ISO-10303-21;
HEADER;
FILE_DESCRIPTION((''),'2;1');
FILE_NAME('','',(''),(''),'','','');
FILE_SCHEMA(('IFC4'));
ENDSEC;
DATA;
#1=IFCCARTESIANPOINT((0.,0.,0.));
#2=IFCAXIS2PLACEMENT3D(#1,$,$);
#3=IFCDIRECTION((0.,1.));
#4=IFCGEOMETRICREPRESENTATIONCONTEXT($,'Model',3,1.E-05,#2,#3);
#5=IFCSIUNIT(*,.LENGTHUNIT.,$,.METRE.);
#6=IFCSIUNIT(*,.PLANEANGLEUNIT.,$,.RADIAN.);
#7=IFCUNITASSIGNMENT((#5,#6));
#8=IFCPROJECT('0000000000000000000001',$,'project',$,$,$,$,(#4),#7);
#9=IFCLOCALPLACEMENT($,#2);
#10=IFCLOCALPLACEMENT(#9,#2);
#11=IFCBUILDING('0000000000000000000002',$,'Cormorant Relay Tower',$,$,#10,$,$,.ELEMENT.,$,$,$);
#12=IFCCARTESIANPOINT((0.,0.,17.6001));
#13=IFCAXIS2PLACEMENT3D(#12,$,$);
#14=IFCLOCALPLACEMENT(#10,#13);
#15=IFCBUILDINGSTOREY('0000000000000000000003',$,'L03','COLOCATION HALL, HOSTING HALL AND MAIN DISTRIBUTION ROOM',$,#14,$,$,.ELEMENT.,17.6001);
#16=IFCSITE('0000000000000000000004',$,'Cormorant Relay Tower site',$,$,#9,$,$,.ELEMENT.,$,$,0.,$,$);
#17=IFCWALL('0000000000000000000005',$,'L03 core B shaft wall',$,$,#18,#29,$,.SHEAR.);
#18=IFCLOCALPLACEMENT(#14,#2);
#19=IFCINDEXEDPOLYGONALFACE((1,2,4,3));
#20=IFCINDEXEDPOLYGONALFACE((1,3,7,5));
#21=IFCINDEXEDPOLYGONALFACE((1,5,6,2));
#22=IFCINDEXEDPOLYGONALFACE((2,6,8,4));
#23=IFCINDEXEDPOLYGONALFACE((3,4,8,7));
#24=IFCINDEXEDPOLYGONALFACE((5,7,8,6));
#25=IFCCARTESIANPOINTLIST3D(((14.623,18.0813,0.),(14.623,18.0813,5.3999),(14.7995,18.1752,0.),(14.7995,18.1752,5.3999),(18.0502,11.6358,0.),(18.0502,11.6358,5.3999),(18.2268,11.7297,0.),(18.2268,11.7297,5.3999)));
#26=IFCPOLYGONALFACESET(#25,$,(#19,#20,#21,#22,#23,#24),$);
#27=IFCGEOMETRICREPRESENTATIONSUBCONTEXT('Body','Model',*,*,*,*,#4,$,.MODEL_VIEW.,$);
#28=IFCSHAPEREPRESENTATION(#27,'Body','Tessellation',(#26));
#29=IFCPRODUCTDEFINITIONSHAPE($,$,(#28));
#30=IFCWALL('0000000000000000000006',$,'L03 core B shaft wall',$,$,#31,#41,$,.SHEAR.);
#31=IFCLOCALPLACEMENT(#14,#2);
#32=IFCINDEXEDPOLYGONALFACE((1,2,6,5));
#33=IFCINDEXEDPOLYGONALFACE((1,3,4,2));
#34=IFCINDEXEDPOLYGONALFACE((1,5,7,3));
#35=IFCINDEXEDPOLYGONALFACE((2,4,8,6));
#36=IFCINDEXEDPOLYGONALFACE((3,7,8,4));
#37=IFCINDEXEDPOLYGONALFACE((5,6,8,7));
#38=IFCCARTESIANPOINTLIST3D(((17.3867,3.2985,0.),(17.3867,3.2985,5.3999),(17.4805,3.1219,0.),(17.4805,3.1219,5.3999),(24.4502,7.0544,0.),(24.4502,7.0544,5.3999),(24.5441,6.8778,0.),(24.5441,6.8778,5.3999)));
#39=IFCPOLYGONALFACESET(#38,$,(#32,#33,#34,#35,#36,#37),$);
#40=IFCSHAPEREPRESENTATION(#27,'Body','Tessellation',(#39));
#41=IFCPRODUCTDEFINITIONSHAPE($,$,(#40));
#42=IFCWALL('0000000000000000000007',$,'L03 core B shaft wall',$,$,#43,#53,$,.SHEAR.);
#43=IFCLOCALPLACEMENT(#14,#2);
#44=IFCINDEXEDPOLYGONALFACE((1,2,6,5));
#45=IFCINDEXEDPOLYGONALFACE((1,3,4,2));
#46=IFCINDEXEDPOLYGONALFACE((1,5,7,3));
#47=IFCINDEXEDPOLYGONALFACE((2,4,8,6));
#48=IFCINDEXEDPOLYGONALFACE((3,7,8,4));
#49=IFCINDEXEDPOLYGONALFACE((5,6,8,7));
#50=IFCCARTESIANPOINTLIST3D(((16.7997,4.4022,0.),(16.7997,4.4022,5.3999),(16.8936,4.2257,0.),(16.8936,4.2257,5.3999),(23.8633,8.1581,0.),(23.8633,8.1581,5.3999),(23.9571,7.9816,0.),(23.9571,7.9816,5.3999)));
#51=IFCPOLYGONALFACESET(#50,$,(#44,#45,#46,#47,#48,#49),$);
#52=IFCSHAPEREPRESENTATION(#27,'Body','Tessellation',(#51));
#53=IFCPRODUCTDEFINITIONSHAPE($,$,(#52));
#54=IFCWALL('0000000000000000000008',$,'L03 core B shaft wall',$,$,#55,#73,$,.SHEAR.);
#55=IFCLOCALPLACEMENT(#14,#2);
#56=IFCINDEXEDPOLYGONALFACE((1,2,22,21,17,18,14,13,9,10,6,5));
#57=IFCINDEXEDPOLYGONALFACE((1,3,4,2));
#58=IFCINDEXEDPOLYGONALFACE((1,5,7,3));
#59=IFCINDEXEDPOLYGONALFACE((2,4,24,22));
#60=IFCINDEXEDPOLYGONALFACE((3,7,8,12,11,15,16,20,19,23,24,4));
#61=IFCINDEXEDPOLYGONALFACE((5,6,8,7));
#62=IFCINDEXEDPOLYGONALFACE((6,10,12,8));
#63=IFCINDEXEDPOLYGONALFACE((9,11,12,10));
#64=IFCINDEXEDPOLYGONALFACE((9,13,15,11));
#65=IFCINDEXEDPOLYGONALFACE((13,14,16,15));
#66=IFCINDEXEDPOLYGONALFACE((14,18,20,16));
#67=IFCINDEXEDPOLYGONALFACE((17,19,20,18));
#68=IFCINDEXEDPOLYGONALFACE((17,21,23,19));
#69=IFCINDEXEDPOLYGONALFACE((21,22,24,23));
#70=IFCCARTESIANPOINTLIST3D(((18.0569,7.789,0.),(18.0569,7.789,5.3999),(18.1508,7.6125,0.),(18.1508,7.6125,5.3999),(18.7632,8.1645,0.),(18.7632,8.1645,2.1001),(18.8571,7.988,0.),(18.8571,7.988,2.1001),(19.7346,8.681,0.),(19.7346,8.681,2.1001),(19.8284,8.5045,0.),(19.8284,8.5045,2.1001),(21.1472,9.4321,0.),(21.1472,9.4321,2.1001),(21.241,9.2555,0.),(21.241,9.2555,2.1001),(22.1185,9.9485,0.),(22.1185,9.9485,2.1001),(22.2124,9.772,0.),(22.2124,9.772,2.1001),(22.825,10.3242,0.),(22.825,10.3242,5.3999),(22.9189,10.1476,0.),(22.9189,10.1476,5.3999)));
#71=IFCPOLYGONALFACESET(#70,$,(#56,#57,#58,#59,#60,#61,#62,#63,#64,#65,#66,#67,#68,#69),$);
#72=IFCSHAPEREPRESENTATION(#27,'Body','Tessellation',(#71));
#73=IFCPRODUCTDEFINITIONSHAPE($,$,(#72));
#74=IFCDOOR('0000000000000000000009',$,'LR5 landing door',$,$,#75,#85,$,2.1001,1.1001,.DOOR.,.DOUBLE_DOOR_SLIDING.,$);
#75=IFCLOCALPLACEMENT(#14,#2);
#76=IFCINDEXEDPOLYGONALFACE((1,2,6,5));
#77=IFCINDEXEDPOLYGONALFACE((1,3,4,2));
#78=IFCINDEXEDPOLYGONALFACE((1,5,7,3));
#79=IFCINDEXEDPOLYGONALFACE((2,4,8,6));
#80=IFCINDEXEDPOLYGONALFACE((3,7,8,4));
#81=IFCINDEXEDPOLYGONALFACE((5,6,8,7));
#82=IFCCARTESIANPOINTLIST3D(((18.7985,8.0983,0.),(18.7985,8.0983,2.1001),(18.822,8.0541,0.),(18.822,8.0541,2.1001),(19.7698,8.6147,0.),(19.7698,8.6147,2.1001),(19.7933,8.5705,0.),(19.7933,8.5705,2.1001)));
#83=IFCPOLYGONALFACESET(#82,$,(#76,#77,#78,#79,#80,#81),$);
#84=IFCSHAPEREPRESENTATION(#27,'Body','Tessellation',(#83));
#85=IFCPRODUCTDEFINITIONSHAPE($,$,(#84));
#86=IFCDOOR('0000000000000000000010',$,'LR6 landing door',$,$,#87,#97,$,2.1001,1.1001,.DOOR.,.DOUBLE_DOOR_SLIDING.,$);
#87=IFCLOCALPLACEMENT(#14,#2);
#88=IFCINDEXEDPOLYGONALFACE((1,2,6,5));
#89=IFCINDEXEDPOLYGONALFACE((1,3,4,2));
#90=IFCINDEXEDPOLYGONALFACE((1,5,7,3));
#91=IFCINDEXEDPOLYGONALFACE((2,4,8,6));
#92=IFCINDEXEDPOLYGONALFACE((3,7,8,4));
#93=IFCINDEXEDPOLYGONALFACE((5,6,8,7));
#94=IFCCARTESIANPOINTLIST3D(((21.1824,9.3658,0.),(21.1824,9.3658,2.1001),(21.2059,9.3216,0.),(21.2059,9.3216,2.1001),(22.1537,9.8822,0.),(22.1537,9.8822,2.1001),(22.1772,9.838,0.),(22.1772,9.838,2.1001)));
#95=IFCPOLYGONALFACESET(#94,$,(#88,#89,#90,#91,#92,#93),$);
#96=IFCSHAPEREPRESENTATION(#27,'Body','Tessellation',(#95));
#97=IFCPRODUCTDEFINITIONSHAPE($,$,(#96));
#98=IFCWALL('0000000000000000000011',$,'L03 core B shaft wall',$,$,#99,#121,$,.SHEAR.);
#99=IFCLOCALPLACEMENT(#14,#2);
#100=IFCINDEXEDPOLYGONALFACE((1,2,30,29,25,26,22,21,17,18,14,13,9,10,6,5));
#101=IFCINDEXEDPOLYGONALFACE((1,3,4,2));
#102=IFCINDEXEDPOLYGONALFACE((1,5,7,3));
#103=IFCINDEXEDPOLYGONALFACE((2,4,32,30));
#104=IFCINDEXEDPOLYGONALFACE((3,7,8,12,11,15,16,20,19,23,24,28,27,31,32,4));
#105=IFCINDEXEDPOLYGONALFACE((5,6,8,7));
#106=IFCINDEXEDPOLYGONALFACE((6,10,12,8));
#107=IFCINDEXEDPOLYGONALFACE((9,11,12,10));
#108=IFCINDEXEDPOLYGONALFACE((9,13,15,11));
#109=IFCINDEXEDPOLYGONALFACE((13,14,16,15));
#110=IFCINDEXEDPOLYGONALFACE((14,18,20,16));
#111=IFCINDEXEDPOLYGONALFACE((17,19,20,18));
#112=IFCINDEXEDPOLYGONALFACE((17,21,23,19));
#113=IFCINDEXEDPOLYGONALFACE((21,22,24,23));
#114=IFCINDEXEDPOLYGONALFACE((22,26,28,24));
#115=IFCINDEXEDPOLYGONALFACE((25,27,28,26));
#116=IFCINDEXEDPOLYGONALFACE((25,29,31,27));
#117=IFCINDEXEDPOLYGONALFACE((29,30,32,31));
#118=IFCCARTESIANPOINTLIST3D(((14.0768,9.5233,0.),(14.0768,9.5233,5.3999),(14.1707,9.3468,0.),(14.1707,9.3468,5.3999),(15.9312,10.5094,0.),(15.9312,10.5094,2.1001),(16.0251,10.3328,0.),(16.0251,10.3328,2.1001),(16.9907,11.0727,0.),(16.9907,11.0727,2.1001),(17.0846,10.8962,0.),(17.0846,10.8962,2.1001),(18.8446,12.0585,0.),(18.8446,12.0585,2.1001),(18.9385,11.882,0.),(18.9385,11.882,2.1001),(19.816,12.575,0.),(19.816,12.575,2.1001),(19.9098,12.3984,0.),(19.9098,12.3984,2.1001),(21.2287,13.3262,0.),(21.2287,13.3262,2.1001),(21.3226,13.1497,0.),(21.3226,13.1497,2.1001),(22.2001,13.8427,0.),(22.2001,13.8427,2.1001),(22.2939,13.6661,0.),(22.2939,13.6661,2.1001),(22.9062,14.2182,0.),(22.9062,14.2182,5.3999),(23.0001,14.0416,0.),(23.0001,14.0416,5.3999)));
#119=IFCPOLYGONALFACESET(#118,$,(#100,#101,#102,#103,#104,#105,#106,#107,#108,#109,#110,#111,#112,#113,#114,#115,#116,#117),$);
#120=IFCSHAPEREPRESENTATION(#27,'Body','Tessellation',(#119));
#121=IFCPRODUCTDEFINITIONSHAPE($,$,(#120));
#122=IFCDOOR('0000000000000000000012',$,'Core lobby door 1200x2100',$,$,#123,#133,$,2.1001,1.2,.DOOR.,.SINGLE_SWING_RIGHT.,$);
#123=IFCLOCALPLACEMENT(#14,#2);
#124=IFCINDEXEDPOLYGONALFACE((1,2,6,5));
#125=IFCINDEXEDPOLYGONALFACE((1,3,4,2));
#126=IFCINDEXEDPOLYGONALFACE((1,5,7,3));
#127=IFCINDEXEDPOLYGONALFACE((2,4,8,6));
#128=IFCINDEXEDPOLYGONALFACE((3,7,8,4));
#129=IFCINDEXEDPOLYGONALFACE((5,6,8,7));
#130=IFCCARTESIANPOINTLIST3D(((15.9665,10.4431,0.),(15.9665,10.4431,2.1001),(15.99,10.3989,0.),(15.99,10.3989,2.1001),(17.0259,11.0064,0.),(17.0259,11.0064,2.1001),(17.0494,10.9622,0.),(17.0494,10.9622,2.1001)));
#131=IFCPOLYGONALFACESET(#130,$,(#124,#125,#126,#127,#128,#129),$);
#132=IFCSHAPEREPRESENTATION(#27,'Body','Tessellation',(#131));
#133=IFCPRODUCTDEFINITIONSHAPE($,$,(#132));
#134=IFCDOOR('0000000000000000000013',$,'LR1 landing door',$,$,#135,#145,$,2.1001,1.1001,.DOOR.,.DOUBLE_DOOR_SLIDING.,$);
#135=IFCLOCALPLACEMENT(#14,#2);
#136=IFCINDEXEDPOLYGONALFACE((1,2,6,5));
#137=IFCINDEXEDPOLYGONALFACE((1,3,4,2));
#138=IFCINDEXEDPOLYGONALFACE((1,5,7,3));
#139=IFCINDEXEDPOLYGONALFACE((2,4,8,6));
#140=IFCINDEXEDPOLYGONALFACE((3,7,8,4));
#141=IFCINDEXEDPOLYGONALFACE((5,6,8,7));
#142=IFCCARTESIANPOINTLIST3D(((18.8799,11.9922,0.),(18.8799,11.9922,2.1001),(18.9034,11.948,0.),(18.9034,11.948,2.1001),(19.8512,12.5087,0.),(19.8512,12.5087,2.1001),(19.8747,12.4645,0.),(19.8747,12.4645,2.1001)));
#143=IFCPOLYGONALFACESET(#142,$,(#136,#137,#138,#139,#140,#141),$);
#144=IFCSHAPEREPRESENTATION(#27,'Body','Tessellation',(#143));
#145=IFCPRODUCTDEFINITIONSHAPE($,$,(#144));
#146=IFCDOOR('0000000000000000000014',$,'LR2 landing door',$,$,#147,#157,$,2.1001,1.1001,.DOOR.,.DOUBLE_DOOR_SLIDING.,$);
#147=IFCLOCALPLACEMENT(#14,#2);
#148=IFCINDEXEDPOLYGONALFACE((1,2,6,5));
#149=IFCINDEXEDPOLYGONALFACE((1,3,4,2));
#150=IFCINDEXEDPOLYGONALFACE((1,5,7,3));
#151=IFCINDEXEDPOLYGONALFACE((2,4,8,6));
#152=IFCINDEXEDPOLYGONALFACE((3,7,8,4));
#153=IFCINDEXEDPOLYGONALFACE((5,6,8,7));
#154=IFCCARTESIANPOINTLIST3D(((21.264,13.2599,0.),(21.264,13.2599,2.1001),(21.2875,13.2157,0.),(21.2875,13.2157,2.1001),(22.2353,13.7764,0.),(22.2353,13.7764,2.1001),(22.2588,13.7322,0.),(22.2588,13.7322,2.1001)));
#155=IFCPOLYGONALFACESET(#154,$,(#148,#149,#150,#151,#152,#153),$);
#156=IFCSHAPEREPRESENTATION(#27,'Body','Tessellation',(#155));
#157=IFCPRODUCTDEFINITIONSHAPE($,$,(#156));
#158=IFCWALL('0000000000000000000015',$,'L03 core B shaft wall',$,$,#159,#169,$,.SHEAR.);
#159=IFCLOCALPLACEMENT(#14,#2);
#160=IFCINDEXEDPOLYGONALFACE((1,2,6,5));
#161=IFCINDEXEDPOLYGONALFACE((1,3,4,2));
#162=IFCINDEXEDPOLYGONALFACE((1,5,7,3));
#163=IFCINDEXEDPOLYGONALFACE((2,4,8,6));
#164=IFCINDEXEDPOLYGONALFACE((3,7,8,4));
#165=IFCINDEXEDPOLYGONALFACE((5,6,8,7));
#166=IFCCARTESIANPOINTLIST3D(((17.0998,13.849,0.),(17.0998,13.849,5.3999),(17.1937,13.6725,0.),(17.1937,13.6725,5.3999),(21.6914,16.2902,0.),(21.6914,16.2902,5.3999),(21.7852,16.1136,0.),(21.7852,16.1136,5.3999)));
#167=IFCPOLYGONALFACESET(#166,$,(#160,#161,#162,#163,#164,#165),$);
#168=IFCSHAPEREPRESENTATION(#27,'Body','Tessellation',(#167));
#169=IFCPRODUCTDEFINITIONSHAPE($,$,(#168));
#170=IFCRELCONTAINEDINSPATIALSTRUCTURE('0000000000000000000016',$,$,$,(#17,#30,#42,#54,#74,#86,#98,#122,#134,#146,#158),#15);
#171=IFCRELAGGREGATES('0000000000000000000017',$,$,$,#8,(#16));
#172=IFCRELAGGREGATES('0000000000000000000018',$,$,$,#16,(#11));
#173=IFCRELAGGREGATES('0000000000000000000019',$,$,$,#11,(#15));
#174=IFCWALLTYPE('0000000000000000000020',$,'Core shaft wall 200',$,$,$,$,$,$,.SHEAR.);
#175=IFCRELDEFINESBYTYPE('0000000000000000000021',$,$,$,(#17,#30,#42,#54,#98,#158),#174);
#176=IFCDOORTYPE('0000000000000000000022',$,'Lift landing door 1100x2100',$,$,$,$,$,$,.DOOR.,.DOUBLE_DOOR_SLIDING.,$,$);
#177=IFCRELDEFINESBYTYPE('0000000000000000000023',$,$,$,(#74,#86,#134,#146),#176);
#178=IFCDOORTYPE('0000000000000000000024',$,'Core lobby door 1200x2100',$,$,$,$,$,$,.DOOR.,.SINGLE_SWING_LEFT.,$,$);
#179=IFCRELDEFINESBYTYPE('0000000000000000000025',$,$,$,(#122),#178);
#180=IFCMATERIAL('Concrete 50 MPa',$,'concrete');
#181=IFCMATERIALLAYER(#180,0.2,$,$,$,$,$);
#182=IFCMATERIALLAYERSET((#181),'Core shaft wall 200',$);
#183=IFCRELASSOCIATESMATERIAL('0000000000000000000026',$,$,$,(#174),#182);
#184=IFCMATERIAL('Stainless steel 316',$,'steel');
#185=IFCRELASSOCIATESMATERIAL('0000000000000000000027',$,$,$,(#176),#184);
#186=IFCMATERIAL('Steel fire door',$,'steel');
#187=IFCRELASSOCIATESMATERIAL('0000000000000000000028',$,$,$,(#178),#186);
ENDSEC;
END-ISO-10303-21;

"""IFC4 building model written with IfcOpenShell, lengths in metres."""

from ifc_helpers import new_model, si_unit, direction, frame, frame_2d, origin, place, context, subcontext, project, spatial, rectangle, extrude, material, layer, layer_set, type_object, element, fill, save


model = new_model("IFC4")

# Units and contexts
model_context = context("Model", 3, precision=1e-05, world=origin(), true_north=direction((0.0, 1.0)))
body_context = subcontext(model_context, "Body", "Model", "MODEL_VIEW")
ifc_project = project(units=[si_unit("LENGTHUNIT", "METRE"), si_unit("PLANEANGLEUNIT", "RADIAN")], contexts=[model_context])

# Site, building, storey
site_placement = place(None, origin())
site = spatial("IfcSite", under=ifc_project, at=site_placement, Name="Cormorant Relay Tower site", CompositionType="ELEMENT", RefElevation=0.0)
building_placement = place(site_placement, origin())
building = spatial("IfcBuilding", under=site, at=building_placement, Name="Cormorant Relay Tower", CompositionType="ELEMENT")
storey_placement = place(building_placement, frame((0.0, 0.0, 17.6001)))
storey = spatial("IfcBuildingStorey", under=building, at=storey_placement, Name="L03", Description="COLOCATION HALL, HOSTING HALL AND MAIN DISTRIBUTION ROOM", CompositionType="ELEMENT", Elevation=17.6001)

# Walls
ifc_material_1 = material(Name="Concrete 50 MPa", Category="concrete")
ifc_layer_1 = layer(ifc_material_1, 0.2)
ifc_layer_set_1 = layer_set([ifc_layer_1], Name="Core shaft wall 200")
wall_type_1 = type_object("IfcWallType", Name="Core shaft wall 200", PredefinedType="SHEAR", material=ifc_layer_set_1)
wall_1_placement = place(storey_placement, frame((18.1384, 11.6829, 0.0), z_axis=(0.0, 0.0, 1.0), x_axis=(-0.46948, 0.882943, 0.0)))
element("IfcWall", 1, at=wall_1_placement, inside=storey, type_object=wall_type_1, Name="L03 core B shaft wall", PredefinedType="SHEAR", context=body_context, shape_type="SweptSolid", body=[
    extrude(rectangle(XDim=7.3, YDim=0.2, at=frame_2d((3.6499, 0.0))), origin(), (0.0, 0.0, 1.0), 5.3999),
])
for number, where, z_axis, x_axis, name in (
    (2, (17.4336, 3.2102, 0.0), (0.0, 0.0, 1.0), (0.88294, 0.469485, 0.0), "L03 core B shaft wall"),
    (3, (16.8467, 4.314, 0.0), (0.0, 0.0, 1.0), (0.88294, 0.469485, 0.0), "L03 core B shaft wall"),
):
    element("IfcWall", number, at=place(storey_placement, frame(where, z_axis=z_axis, x_axis=x_axis)), inside=storey, type_object=wall_type_1, Name=name, PredefinedType="SHEAR", context=body_context, shape_type="SweptSolid", body=[
        extrude(rectangle(XDim=8.0, YDim=0.2, at=frame_2d((4.0, 0.0))), origin(), (0.0, 0.0, 1.0), 5.3999),
    ])

# Walls, openings, doors
wall_2_placement = place(storey_placement, frame((18.1038, 7.7007, 0.0), z_axis=(0.0, 0.0, 1.0), x_axis=(0.882953, 0.469462, 0.0)))
wall_2 = element("IfcWall", 4, at=wall_2_placement, inside=storey, type_object=wall_type_1, Name="L03 core B shaft wall", PredefinedType="SHEAR", context=body_context, shape_type="SweptSolid", body=[
    extrude(rectangle(XDim=5.4001, YDim=0.2, at=frame_2d((2.7002, 0.0))), origin(), (0.0, 0.0, 1.0), 5.3999),
])
opening_1_placement = place(wall_2_placement, frame((0.8, 0.0, 0.0)))
opening_1 = element("IfcOpeningElement", 5, at=opening_1_placement, cuts=wall_2, PredefinedType="OPENING", context=body_context, shape_type="SweptSolid", body=[
    extrude(rectangle(XDim=1.1001, YDim=2.1001, at=frame_2d((0.55, 1.05))), frame((0.0, 0.1099, 0.0), z_axis=(0.0, -1.0, 0.0), x_axis=(1.0, 0.0, 0.0)), (0.0, 0.0, 1.0), 0.22),
])
opening_2_placement = place(wall_2_placement, frame((3.5, 0.0, 0.0)))
opening_2 = element("IfcOpeningElement", 6, at=opening_2_placement, cuts=wall_2, PredefinedType="OPENING", context=body_context, shape_type="SweptSolid", body=[
    extrude(rectangle(XDim=1.1001, YDim=2.1001, at=frame_2d((0.55, 1.05))), frame((0.0, 0.1099, 0.0), z_axis=(0.0, -1.0, 0.0), x_axis=(1.0, 0.0, 0.0)), (0.0, 0.0, 1.0), 0.22),
])
ifc_material_2 = material(Name="Stainless steel 316", Category="steel")
door_type_1 = type_object("IfcDoorType", Name="Lift landing door 1100x2100", OperationType="DOUBLE_DOOR_SLIDING", PredefinedType="DOOR", material=ifc_material_2)
door_1_placement = place(opening_1_placement, origin())
door_1 = element("IfcDoor", 7, at=door_1_placement, inside=storey, type_object=door_type_1, Name="LR5 landing door", OperationType="DOUBLE_DOOR_SLIDING", OverallHeight=2.1001, OverallWidth=1.1001, PredefinedType="DOOR", context=body_context, shape_type="SweptSolid", body=[
    extrude(rectangle(XDim=1.1001, YDim=2.1001, at=frame_2d((0.55, 1.05))), frame((0.0, 0.0249, 0.0), z_axis=(0.0, -1.0, 0.0), x_axis=(1.0, 0.0, 0.0)), (0.0, 0.0, 1.0), 0.05),
])
fill(opening_1, door_1)
door_2_placement = place(opening_2_placement, origin())
door_2 = element("IfcDoor", 8, at=door_2_placement, inside=storey, type_object=door_type_1, Name="LR6 landing door", OperationType="DOUBLE_DOOR_SLIDING", OverallHeight=2.1001, OverallWidth=1.1001, PredefinedType="DOOR", context=body_context, shape_type="SweptSolid", body=[
    extrude(rectangle(XDim=1.1001, YDim=2.1001, at=frame_2d((0.55, 1.05))), frame((0.0, 0.0249, 0.0), z_axis=(0.0, -1.0, 0.0), x_axis=(1.0, 0.0, 0.0)), (0.0, 0.0, 1.0), 0.05),
])
fill(opening_2, door_2)
wall_3_placement = place(storey_placement, frame((14.1238, 9.4351, 0.0), z_axis=(0.0, 0.0, 1.0), x_axis=(0.88294, 0.469485, 0.0)))
wall_3 = element("IfcWall", 9, at=wall_3_placement, inside=storey, type_object=wall_type_1, Name="L03 core B shaft wall", PredefinedType="SHEAR", context=body_context, shape_type="SweptSolid", body=[
    extrude(rectangle(XDim=10.0, YDim=0.2, at=frame_2d((5.0, 0.0))), origin(), (0.0, 0.0, 1.0), 5.3999),
])
opening_3_placement = place(wall_3_placement, frame((2.1001, 0.0, 0.0)))
opening_3 = element("IfcOpeningElement", 10, at=opening_3_placement, cuts=wall_3, PredefinedType="OPENING", context=body_context, shape_type="SweptSolid", body=[
    extrude(rectangle(XDim=1.2, YDim=2.1001, at=frame_2d((0.6001, 1.05))), frame((0.0, 0.1099, 0.0), z_axis=(0.0, -1.0, 0.0), x_axis=(1.0, 0.0, 0.0)), (0.0, 0.0, 1.0), 0.22),
])
opening_4_placement = place(wall_3_placement, frame((5.3999, 0.0, 0.0)))
opening_4 = element("IfcOpeningElement", 11, at=opening_4_placement, cuts=wall_3, PredefinedType="OPENING", context=body_context, shape_type="SweptSolid", body=[
    extrude(rectangle(XDim=1.1001, YDim=2.1001, at=frame_2d((0.55, 1.05))), frame((0.0, 0.1099, 0.0), z_axis=(0.0, -1.0, 0.0), x_axis=(1.0, 0.0, 0.0)), (0.0, 0.0, 1.0), 0.22),
])
opening_5_placement = place(wall_3_placement, frame((8.1001, 0.0, 0.0)))
opening_5 = element("IfcOpeningElement", 12, at=opening_5_placement, cuts=wall_3, PredefinedType="OPENING", context=body_context, shape_type="SweptSolid", body=[
    extrude(rectangle(XDim=1.1001, YDim=2.1001, at=frame_2d((0.55, 1.05))), frame((0.0, 0.1099, 0.0), z_axis=(0.0, -1.0, 0.0), x_axis=(1.0, 0.0, 0.0)), (0.0, 0.0, 1.0), 0.22),
])
ifc_material_3 = material(Name="Steel fire door", Category="steel")
door_type_2 = type_object("IfcDoorType", Name="Core lobby door 1200x2100", OperationType="SINGLE_SWING_LEFT", PredefinedType="DOOR", material=ifc_material_3)
door_3_placement = place(opening_3_placement, origin())
door_3 = element("IfcDoor", 13, at=door_3_placement, inside=storey, type_object=door_type_2, Name="Core lobby door 1200x2100", OperationType="SINGLE_SWING_RIGHT", OverallHeight=2.1001, OverallWidth=1.2, PredefinedType="DOOR", context=body_context, shape_type="SweptSolid", body=[
    extrude(rectangle(XDim=1.2, YDim=2.1001, at=frame_2d((0.6001, 1.05))), frame((0.0, 0.0249, 0.0), z_axis=(0.0, -1.0, 0.0), x_axis=(1.0, 0.0, 0.0)), (0.0, 0.0, 1.0), 0.05),
])
fill(opening_3, door_3)
door_4_placement = place(opening_4_placement, origin())
door_4 = element("IfcDoor", 14, at=door_4_placement, inside=storey, type_object=door_type_1, Name="LR1 landing door", OperationType="DOUBLE_DOOR_SLIDING", OverallHeight=2.1001, OverallWidth=1.1001, PredefinedType="DOOR", context=body_context, shape_type="SweptSolid", body=[
    extrude(rectangle(XDim=1.1001, YDim=2.1001, at=frame_2d((0.55, 1.05))), frame((0.0, 0.0249, 0.0), z_axis=(0.0, -1.0, 0.0), x_axis=(1.0, 0.0, 0.0)), (0.0, 0.0, 1.0), 0.05),
])
fill(opening_4, door_4)
door_5_placement = place(opening_5_placement, origin())
door_5 = element("IfcDoor", 15, at=door_5_placement, inside=storey, type_object=door_type_1, Name="LR2 landing door", OperationType="DOUBLE_DOOR_SLIDING", OverallHeight=2.1001, OverallWidth=1.1001, PredefinedType="DOOR", context=body_context, shape_type="SweptSolid", body=[
    extrude(rectangle(XDim=1.1001, YDim=2.1001, at=frame_2d((0.55, 1.05))), frame((0.0, 0.0249, 0.0), z_axis=(0.0, -1.0, 0.0), x_axis=(1.0, 0.0, 0.0)), (0.0, 0.0, 1.0), 0.05),
])
fill(opening_5, door_5)

# Wall
wall_4_placement = place(storey_placement, frame((17.1467, 13.7607, 0.0), z_axis=(0.0, 0.0, 1.0), x_axis=(0.882964, 0.46944, 0.0)))
element("IfcWall", 16, at=wall_4_placement, inside=storey, type_object=wall_type_1, Name="L03 core B shaft wall", PredefinedType="SHEAR", context=body_context, shape_type="SweptSolid", body=[
    extrude(rectangle(XDim=5.2002, YDim=0.2, at=frame_2d((2.6001, 0.0))), origin(), (0.0, 0.0, 1.0), 5.3999),
])

save(model, "model.ifc")
